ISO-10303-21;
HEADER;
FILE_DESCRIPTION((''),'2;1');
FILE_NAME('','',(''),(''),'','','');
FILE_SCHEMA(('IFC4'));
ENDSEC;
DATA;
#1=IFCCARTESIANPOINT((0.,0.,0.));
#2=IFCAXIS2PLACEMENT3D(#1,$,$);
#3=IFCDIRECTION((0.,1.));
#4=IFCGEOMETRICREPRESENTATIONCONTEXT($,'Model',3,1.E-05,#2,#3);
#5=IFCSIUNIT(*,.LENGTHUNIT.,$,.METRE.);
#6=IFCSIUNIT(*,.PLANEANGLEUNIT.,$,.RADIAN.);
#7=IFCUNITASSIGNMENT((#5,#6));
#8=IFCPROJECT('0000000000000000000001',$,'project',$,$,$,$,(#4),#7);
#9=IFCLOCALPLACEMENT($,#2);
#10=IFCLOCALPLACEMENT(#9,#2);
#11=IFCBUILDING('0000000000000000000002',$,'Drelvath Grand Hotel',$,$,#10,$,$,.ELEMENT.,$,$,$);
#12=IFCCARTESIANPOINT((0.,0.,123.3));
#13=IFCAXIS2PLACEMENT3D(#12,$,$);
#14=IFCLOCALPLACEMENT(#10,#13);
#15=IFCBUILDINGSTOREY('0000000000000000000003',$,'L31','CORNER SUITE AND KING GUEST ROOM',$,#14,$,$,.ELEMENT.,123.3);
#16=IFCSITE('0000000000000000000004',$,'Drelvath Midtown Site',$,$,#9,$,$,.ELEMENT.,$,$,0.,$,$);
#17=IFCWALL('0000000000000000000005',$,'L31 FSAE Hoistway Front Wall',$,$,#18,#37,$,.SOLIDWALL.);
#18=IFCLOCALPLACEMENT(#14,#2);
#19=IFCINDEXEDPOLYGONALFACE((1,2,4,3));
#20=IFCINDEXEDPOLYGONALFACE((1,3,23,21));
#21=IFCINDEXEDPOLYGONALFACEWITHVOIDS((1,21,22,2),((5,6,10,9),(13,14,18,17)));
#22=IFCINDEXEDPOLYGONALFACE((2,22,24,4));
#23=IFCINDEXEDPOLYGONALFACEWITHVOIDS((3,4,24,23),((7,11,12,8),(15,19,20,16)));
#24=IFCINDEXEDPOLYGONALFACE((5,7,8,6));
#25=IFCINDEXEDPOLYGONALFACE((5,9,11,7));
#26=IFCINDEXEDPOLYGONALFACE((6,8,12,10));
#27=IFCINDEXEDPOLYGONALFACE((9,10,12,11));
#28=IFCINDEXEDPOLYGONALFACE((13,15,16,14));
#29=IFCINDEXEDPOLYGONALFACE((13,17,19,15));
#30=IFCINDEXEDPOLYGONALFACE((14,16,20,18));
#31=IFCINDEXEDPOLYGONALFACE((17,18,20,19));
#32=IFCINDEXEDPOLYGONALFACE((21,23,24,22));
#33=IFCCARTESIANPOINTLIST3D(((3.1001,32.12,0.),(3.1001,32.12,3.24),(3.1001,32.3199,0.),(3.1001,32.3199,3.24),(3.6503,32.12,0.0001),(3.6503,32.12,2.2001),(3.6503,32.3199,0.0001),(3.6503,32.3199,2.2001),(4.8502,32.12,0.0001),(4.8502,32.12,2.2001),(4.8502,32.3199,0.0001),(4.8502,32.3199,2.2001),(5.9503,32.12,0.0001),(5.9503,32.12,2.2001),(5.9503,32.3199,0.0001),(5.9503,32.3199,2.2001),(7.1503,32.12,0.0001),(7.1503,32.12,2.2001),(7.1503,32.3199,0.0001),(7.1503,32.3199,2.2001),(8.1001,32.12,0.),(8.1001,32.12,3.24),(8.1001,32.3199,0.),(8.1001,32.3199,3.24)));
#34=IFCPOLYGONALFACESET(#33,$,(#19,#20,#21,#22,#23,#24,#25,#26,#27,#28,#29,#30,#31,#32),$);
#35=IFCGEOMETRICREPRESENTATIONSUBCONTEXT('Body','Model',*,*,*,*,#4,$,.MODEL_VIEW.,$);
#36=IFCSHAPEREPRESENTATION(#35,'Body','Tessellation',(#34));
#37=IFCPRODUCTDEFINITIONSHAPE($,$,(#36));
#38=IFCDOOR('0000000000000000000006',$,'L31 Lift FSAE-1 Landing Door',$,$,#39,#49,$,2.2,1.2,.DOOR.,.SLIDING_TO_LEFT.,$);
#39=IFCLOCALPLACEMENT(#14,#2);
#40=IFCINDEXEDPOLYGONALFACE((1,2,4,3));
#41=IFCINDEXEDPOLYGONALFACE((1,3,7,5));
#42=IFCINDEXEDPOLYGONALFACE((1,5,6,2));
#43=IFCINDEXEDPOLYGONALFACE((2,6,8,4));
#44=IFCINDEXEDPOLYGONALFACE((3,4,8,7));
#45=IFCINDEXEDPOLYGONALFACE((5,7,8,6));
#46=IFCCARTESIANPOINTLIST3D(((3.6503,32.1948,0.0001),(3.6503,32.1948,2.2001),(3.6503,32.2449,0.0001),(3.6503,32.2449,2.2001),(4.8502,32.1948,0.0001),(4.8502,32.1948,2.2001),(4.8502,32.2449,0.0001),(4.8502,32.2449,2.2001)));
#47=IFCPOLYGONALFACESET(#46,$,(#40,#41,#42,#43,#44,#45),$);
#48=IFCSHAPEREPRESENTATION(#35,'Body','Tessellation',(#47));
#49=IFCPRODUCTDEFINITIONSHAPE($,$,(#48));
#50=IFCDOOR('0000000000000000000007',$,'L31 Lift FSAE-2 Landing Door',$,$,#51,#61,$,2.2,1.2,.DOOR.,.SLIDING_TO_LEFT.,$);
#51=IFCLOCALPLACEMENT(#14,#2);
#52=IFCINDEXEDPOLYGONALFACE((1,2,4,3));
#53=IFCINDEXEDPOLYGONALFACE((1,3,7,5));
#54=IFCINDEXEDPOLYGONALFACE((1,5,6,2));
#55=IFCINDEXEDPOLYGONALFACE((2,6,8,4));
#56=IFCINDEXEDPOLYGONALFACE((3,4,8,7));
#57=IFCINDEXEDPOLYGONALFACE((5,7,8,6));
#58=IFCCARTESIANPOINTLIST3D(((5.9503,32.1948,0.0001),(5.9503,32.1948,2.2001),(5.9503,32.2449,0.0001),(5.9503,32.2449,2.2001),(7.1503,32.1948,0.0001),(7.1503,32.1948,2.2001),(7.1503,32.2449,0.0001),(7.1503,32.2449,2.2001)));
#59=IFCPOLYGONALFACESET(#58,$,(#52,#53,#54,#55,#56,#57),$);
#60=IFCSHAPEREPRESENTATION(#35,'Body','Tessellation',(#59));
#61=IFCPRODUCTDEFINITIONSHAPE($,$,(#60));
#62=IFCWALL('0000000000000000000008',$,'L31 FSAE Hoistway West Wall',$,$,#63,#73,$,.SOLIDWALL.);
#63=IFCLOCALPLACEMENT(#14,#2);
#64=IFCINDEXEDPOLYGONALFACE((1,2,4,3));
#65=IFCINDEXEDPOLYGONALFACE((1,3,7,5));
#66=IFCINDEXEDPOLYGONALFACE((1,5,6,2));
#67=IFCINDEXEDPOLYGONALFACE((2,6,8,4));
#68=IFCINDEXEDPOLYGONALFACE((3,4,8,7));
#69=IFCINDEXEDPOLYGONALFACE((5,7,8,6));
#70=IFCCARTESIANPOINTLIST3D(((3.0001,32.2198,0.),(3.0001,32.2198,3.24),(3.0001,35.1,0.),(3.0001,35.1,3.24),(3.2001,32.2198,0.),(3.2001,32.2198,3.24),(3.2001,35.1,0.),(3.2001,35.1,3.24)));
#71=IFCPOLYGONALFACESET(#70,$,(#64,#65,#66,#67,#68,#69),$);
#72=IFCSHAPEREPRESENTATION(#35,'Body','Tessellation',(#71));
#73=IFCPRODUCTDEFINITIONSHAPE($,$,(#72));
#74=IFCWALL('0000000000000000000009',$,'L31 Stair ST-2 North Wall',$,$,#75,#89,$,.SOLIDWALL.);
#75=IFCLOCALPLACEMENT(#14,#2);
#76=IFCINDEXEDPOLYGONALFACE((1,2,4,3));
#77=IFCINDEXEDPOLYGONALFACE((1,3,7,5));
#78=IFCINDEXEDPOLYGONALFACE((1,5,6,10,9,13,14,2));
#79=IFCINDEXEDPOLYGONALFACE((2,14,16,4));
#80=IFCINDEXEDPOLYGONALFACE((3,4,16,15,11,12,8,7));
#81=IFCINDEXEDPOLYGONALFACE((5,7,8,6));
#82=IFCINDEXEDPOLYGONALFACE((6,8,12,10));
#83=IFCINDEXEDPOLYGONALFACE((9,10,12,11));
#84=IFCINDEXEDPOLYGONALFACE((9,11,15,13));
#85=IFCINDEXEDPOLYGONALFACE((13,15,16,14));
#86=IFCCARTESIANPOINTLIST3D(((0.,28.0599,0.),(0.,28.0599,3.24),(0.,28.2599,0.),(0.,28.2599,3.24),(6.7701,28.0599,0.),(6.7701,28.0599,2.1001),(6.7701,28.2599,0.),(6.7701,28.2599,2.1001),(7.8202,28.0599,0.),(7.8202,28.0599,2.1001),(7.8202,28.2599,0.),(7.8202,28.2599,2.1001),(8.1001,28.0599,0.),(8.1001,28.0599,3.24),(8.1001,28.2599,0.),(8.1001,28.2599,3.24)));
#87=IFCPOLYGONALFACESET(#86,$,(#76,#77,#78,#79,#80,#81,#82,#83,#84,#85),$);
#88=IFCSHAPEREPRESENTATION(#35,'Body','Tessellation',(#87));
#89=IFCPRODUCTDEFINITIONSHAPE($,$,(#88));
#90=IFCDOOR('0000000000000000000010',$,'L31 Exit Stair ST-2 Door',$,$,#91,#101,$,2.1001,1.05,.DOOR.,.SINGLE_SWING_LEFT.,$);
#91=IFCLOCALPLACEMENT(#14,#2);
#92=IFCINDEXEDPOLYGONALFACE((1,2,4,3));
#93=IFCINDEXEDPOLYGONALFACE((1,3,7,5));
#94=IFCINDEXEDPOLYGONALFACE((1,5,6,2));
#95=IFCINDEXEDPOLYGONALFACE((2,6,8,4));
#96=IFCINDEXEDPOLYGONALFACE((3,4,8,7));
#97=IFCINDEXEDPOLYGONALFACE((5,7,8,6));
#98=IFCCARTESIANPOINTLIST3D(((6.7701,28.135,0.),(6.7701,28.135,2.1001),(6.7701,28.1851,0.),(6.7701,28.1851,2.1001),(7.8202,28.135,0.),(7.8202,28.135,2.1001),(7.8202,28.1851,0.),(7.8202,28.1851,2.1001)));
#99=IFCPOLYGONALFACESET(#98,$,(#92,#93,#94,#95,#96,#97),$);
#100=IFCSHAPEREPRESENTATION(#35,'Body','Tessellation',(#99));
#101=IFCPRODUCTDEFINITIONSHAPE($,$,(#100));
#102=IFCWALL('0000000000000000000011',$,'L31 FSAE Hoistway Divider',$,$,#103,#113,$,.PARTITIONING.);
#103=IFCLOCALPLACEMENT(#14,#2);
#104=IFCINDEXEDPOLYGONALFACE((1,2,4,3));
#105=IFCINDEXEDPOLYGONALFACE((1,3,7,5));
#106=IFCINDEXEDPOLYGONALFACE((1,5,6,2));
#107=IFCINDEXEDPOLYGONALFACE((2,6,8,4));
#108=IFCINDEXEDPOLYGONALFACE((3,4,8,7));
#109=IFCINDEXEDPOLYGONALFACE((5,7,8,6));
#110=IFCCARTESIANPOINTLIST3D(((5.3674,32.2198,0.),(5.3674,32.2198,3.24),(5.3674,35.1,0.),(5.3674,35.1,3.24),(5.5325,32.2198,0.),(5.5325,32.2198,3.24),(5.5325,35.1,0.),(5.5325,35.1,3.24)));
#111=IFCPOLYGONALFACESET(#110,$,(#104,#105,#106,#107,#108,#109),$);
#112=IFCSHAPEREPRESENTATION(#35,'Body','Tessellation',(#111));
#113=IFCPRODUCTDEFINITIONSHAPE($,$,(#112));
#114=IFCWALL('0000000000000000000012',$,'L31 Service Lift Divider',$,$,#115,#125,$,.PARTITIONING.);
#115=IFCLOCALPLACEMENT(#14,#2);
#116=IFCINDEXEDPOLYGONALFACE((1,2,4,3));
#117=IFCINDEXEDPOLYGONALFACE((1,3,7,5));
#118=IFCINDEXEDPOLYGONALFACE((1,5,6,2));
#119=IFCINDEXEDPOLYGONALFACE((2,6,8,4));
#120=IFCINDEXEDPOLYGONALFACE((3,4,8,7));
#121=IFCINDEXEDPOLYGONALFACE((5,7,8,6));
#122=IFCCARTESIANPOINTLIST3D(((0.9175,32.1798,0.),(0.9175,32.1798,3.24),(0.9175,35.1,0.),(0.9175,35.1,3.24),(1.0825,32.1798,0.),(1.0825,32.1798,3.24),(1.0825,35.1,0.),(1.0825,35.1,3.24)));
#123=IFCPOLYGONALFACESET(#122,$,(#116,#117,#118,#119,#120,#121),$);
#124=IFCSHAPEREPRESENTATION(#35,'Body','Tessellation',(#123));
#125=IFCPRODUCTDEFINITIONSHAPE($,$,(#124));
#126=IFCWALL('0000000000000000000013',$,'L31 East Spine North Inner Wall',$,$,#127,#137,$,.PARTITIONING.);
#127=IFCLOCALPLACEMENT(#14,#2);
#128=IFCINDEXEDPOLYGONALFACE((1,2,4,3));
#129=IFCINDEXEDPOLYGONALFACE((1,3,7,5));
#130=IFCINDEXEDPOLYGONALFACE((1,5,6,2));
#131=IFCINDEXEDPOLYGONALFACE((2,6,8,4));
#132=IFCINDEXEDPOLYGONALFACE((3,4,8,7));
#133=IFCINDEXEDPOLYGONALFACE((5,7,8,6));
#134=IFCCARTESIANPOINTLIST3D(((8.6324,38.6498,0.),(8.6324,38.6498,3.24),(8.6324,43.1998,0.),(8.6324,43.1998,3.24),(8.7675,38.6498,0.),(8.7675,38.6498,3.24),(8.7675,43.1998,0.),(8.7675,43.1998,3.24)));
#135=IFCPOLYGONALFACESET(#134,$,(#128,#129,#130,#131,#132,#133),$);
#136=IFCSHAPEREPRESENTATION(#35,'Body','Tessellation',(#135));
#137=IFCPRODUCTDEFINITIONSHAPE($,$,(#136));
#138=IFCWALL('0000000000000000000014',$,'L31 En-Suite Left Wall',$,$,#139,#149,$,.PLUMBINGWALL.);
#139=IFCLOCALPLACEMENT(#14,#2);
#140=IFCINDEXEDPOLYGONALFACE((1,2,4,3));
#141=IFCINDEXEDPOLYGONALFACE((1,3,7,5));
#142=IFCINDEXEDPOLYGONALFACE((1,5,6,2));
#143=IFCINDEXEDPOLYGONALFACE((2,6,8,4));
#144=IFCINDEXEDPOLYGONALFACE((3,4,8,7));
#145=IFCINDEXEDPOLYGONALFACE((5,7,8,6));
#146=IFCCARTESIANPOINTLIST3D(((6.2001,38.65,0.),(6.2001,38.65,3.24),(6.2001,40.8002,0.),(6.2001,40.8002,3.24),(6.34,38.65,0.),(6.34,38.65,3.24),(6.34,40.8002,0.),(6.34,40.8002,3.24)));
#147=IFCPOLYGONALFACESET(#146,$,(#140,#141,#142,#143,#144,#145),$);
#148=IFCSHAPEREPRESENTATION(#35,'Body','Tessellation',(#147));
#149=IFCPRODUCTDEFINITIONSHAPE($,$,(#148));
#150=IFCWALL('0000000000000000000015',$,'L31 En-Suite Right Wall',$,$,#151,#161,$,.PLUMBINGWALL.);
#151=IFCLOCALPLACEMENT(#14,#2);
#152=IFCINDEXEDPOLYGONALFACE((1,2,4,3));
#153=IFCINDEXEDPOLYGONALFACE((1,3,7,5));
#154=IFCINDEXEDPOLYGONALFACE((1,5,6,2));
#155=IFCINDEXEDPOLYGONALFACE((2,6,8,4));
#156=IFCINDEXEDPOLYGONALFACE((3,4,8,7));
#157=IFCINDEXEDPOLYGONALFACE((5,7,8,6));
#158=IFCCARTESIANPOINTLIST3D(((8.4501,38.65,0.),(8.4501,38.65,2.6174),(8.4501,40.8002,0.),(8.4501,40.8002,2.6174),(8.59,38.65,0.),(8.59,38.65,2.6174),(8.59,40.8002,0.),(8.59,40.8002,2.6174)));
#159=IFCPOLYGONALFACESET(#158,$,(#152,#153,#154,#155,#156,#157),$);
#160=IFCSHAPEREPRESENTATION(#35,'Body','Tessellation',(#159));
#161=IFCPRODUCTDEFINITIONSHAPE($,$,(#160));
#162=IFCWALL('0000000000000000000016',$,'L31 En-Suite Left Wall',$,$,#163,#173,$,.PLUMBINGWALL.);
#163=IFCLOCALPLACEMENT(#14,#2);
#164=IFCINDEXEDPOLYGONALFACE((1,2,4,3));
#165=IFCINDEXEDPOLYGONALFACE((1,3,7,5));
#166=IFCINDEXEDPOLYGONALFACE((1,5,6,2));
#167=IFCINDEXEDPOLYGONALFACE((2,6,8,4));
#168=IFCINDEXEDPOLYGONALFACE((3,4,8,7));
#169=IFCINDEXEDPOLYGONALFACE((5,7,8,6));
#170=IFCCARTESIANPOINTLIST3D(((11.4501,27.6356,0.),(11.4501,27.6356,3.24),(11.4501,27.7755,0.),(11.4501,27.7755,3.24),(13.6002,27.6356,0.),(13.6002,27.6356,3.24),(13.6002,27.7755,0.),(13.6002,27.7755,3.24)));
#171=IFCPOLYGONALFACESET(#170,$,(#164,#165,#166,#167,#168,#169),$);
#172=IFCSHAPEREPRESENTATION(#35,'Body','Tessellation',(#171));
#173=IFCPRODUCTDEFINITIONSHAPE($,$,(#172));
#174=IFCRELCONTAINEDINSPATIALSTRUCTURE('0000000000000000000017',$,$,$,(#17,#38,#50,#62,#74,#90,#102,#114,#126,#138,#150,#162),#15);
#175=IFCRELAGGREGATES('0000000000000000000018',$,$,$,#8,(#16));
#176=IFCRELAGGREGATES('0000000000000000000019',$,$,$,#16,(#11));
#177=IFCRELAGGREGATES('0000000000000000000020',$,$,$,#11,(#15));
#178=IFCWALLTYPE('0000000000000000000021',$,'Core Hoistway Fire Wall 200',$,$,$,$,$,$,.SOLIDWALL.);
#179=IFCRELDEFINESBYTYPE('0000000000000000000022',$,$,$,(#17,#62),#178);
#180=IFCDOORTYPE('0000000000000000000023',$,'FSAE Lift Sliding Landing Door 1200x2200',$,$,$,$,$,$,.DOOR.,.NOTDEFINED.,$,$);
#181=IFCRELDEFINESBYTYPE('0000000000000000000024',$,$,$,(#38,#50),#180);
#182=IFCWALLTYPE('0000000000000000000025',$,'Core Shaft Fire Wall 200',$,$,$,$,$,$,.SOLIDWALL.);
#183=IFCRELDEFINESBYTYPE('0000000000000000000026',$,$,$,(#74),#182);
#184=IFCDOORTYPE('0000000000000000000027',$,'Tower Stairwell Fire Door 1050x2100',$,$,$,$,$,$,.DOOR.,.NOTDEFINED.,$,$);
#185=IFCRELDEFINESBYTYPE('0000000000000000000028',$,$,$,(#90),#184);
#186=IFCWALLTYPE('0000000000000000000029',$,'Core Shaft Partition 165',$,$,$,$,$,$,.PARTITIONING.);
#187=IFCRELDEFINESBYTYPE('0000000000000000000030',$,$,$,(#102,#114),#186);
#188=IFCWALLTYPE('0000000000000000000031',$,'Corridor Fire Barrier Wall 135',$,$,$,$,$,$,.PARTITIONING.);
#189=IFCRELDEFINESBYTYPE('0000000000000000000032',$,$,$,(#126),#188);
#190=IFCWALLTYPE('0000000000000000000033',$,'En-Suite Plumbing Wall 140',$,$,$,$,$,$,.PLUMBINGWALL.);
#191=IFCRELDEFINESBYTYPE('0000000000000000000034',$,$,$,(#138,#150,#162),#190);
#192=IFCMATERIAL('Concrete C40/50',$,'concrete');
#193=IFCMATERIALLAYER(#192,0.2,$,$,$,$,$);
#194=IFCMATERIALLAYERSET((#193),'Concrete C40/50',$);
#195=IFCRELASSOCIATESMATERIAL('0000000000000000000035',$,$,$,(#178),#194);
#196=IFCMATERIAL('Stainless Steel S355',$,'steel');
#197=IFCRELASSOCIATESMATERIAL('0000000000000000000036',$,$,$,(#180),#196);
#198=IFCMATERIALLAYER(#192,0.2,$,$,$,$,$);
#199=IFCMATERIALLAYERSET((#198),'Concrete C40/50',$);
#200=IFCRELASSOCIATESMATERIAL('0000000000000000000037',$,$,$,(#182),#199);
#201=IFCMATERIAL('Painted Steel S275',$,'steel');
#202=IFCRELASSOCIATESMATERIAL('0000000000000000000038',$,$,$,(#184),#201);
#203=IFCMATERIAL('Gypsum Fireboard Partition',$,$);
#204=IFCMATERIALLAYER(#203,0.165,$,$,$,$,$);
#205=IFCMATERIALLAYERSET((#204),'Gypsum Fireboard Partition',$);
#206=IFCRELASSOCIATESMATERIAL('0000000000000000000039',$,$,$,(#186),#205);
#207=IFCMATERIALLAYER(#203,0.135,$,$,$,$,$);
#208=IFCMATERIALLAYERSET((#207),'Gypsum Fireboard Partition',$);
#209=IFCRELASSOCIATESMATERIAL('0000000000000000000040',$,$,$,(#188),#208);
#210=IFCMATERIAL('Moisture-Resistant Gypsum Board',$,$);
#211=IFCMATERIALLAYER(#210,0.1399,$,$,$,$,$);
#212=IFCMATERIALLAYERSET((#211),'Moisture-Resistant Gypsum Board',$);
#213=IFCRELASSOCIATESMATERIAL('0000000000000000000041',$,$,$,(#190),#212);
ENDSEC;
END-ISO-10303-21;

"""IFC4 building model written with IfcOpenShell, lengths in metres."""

from ifc_helpers import new_model, si_unit, direction, frame, frame_2d, origin, place, context, subcontext, project, spatial, rectangle, extrude, material, layer, layer_set, type_object, element, fill, save


model = new_model("IFC4")

# Units and contexts
model_context = context("Model", 3, precision=1e-05, world=origin(), true_north=direction((0.0, 1.0)))
body_context = subcontext(model_context, "Body", "Model", "MODEL_VIEW")
ifc_project = project(units=[si_unit("LENGTHUNIT", "METRE"), si_unit("PLANEANGLEUNIT", "RADIAN")], contexts=[model_context])

# Site, building, storey
site_placement = place(None, origin())
site = spatial("IfcSite", under=ifc_project, at=site_placement, Name="Drelvath Midtown Site", CompositionType="ELEMENT", RefElevation=0.0)
building_placement = place(site_placement, origin())
building = spatial("IfcBuilding", under=site, at=building_placement, Name="Drelvath Grand Hotel", CompositionType="ELEMENT")
storey_placement = place(building_placement, frame((0.0, 0.0, 123.3)))
storey = spatial("IfcBuildingStorey", under=building, at=storey_placement, Name="L31", Description="CORNER SUITE AND KING GUEST ROOM", CompositionType="ELEMENT", Elevation=123.3)

# Wall, openings, doors
ifc_material_1 = material(Name="Concrete C40/50", Category="concrete")
ifc_layer_1 = layer(ifc_material_1, 0.2)
ifc_layer_set_1 = layer_set([ifc_layer_1], Name="Concrete C40/50")
wall_type_1 = type_object("IfcWallType", Name="Core Hoistway Fire Wall 200", PredefinedType="SOLIDWALL", material=ifc_layer_set_1)
wall_1_placement = place(storey_placement, frame((3.1001, 32.22, 0.0), z_axis=(0.0, 0.0, 1.0), x_axis=(1.0, 0.0, 0.0)))
wall_1 = element("IfcWall", 1, at=wall_1_placement, inside=storey, type_object=wall_type_1, Name="L31 FSAE Hoistway Front Wall", PredefinedType="SOLIDWALL", context=body_context, shape_type="SweptSolid", body=[
    extrude(rectangle(XDim=5.0, YDim=0.2, at=frame_2d((2.5, 0.0))), origin(), (0.0, 0.0, 1.0), 3.24),
])
opening_1_placement = place(wall_1_placement, frame((0.55, 0.0, 0.0)))
opening_1 = element("IfcOpeningElement", 2, at=opening_1_placement, cuts=wall_1, PredefinedType="OPENING", context=body_context, shape_type="SweptSolid", body=[
    extrude(rectangle(XDim=1.2, YDim=2.2, at=frame_2d((0.6001, 1.1001))), frame((0.0, 0.1099, 0.0), z_axis=(0.0, -1.0, 0.0), x_axis=(1.0, 0.0, 0.0)), (0.0, 0.0, 1.0), 0.22),
])
opening_2_placement = place(wall_1_placement, frame((2.8501, 0.0, 0.0)))
opening_2 = element("IfcOpeningElement", 3, at=opening_2_placement, cuts=wall_1, PredefinedType="OPENING", context=body_context, shape_type="SweptSolid", body=[
    extrude(rectangle(XDim=1.2, YDim=2.2, at=frame_2d((0.6001, 1.1001))), frame((0.0, 0.1099, 0.0), z_axis=(0.0, -1.0, 0.0), x_axis=(1.0, 0.0, 0.0)), (0.0, 0.0, 1.0), 0.22),
])
ifc_material_2 = material(Name="Stainless Steel S355", Category="steel")
door_type_1 = type_object("IfcDoorType", Name="FSAE Lift Sliding Landing Door 1200x2200", OperationType="NOTDEFINED", PredefinedType="DOOR", material=ifc_material_2)
door_1_placement = place(opening_1_placement, origin())
door_1 = element("IfcDoor", 4, at=door_1_placement, inside=storey, type_object=door_type_1, Name="L31 Lift FSAE-1 Landing Door", OperationType="SLIDING_TO_LEFT", OverallHeight=2.2, OverallWidth=1.2, PredefinedType="DOOR", context=body_context, shape_type="SweptSolid", body=[
    extrude(rectangle(XDim=1.2, YDim=2.2, at=frame_2d((0.6001, 1.1001))), frame((0.0, 0.0249, 0.0), z_axis=(0.0, -1.0, 0.0), x_axis=(1.0, 0.0, 0.0)), (0.0, 0.0, 1.0), 0.05),
])
fill(opening_1, door_1)
door_2_placement = place(opening_2_placement, origin())
door_2 = element("IfcDoor", 5, at=door_2_placement, inside=storey, type_object=door_type_1, Name="L31 Lift FSAE-2 Landing Door", OperationType="SLIDING_TO_LEFT", OverallHeight=2.2, OverallWidth=1.2, PredefinedType="DOOR", context=body_context, shape_type="SweptSolid", body=[
    extrude(rectangle(XDim=1.2, YDim=2.2, at=frame_2d((0.6001, 1.1001))), frame((0.0, 0.0249, 0.0), z_axis=(0.0, -1.0, 0.0), x_axis=(1.0, 0.0, 0.0)), (0.0, 0.0, 1.0), 0.05),
])
fill(opening_2, door_2)

# Wall
wall_2_placement = place(storey_placement, frame((3.1001, 32.22, 0.0), z_axis=(0.0, 0.0, 1.0), x_axis=(0.0, 1.0, 0.0)))
element("IfcWall", 6, at=wall_2_placement, inside=storey, type_object=wall_type_1, Name="L31 FSAE Hoistway West Wall", PredefinedType="SOLIDWALL", context=body_context, shape_type="SweptSolid", body=[
    extrude(rectangle(XDim=2.8801, YDim=0.2, at=frame_2d((1.4399, 0.0))), origin(), (0.0, 0.0, 1.0), 3.24),
])

# Wall, opening, door
ifc_layer_2 = layer(ifc_material_1, 0.2)
ifc_layer_set_2 = layer_set([ifc_layer_2], Name="Concrete C40/50")
wall_type_2 = type_object("IfcWallType", Name="Core Shaft Fire Wall 200", PredefinedType="SOLIDWALL", material=ifc_layer_set_2)
wall_3_placement = place(storey_placement, frame((8.1001, 28.1599, 0.0), z_axis=(0.0, 0.0, 1.0), x_axis=(-1.0, 0.0, 0.0)))
wall_3 = element("IfcWall", 7, at=wall_3_placement, inside=storey, type_object=wall_type_2, Name="L31 Stair ST-2 North Wall", PredefinedType="SOLIDWALL", context=body_context, shape_type="SweptSolid", body=[
    extrude(rectangle(XDim=8.1001, YDim=0.2, at=frame_2d((4.05, 0.0))), origin(), (0.0, 0.0, 1.0), 3.24),
])
opening_3_placement = place(wall_3_placement, frame((0.28, 0.0, 0.0)))
opening_3 = element("IfcOpeningElement", 8, at=opening_3_placement, cuts=wall_3, PredefinedType="OPENING", context=body_context, shape_type="SweptSolid", body=[
    extrude(rectangle(XDim=1.05, YDim=2.1001, at=frame_2d((0.5249, 1.05))), frame((0.0, 0.1099, 0.0), z_axis=(0.0, -1.0, 0.0), x_axis=(1.0, 0.0, 0.0)), (0.0, 0.0, 1.0), 0.22),
])
ifc_material_3 = material(Name="Painted Steel S275", Category="steel")
door_type_2 = type_object("IfcDoorType", Name="Tower Stairwell Fire Door 1050x2100", OperationType="NOTDEFINED", PredefinedType="DOOR", material=ifc_material_3)
door_3_placement = place(opening_3_placement, origin())
door_3 = element("IfcDoor", 9, at=door_3_placement, inside=storey, type_object=door_type_2, Name="L31 Exit Stair ST-2 Door", OperationType="SINGLE_SWING_LEFT", OverallHeight=2.1001, OverallWidth=1.05, PredefinedType="DOOR", context=body_context, shape_type="SweptSolid", body=[
    extrude(rectangle(XDim=1.05, YDim=2.1001, at=frame_2d((0.5249, 1.05))), frame((0.0, 0.0249, 0.0), z_axis=(0.0, -1.0, 0.0), x_axis=(1.0, 0.0, 0.0)), (0.0, 0.0, 1.0), 0.05),
])
fill(opening_3, door_3)

# Walls
ifc_material_4 = material(Name="Gypsum Fireboard Partition")
ifc_layer_3 = layer(ifc_material_4, 0.165)
ifc_layer_set_3 = layer_set([ifc_layer_3], Name="Gypsum Fireboard Partition")
wall_type_3 = type_object("IfcWallType", Name="Core Shaft Partition 165", PredefinedType="PARTITIONING", material=ifc_layer_set_3)
wall_4_placement = place(storey_placement, frame((5.45, 32.22, 0.0), z_axis=(0.0, 0.0, 1.0), x_axis=(0.0, 1.0, 0.0)))
element("IfcWall", 10, at=wall_4_placement, inside=storey, type_object=wall_type_3, Name="L31 FSAE Hoistway Divider", PredefinedType="PARTITIONING", context=body_context, shape_type="SweptSolid", body=[
    extrude(rectangle(XDim=2.8801, YDim=0.165, at=frame_2d((1.4399, 0.0))), origin(), (0.0, 0.0, 1.0), 3.24),
])
wall_5_placement = place(storey_placement, frame((1.0, 32.1799, 0.0), z_axis=(0.0, 0.0, 1.0), x_axis=(0.0, 1.0, 0.0)))
element("IfcWall", 11, at=wall_5_placement, inside=storey, type_object=wall_type_3, Name="L31 Service Lift Divider", PredefinedType="PARTITIONING", context=body_context, shape_type="SweptSolid", body=[
    extrude(rectangle(XDim=2.9202, YDim=0.165, at=frame_2d((1.46, 0.0))), origin(), (0.0, 0.0, 1.0), 3.24),
])
ifc_layer_4 = layer(ifc_material_4, 0.135)
ifc_layer_set_4 = layer_set([ifc_layer_4], Name="Gypsum Fireboard Partition")
wall_type_4 = type_object("IfcWallType", Name="Corridor Fire Barrier Wall 135", PredefinedType="PARTITIONING", material=ifc_layer_set_4)
wall_6_placement = place(storey_placement, frame((8.7, 38.6499, 0.0), z_axis=(0.0, 0.0, 1.0), x_axis=(0.0, 1.0, 0.0)))
element("IfcWall", 12, at=wall_6_placement, inside=storey, type_object=wall_type_4, Name="L31 East Spine North Inner Wall", PredefinedType="PARTITIONING", context=body_context, shape_type="SweptSolid", body=[
    extrude(rectangle(XDim=4.55, YDim=0.135, at=frame_2d((2.2749, 0.0))), origin(), (0.0, 0.0, 1.0), 3.24),
])
ifc_material_5 = material(Name="Moisture-Resistant Gypsum Board")
ifc_layer_5 = layer(ifc_material_5, 0.1399)
ifc_layer_set_5 = layer_set([ifc_layer_5], Name="Moisture-Resistant Gypsum Board")
wall_type_5 = type_object("IfcWallType", Name="En-Suite Plumbing Wall 140", PredefinedType="PLUMBINGWALL", material=ifc_layer_set_5)
wall_7_placement = place(storey_placement, frame((6.27, 38.6499, 0.0), z_axis=(0.0, 0.0, 1.0), x_axis=(0.0, 1.0, 0.0)))
element("IfcWall", 13, at=wall_7_placement, inside=storey, type_object=wall_type_5, Name="L31 En-Suite Left Wall", PredefinedType="PLUMBINGWALL", context=body_context, shape_type="SweptSolid", body=[
    extrude(rectangle(XDim=2.1501, YDim=0.1399, at=frame_2d((1.0752, 0.0))), origin(), (0.0, 0.0, 1.0), 3.24),
])
wall_8_placement = place(storey_placement, frame((8.52, 38.6499, 0.0), z_axis=(0.0, 0.0, 1.0), x_axis=(0.0, 1.0, 0.0)))
element("IfcWall", 14, at=wall_8_placement, inside=storey, type_object=wall_type_5, Name="L31 En-Suite Right Wall", PredefinedType="PLUMBINGWALL", context=body_context, shape_type="SweptSolid", body=[
    extrude(rectangle(XDim=2.1501, YDim=0.1399, at=frame_2d((1.0752, 0.0))), origin(), (0.0, 0.0, 1.0), 2.6174),
])
for number, where, z_axis, x_axis, name in (
    (15, (11.45, 27.7056, 0.0), (0.0, 0.0, 1.0), (1.0, 0.0, 0.0), "L31 En-Suite Left Wall"),
):
    element("IfcWall", number, at=place(storey_placement, frame(where, z_axis=z_axis, x_axis=x_axis)), inside=storey, type_object=wall_type_5, Name=name, PredefinedType="PLUMBINGWALL", context=body_context, shape_type="SweptSolid", body=[
        extrude(rectangle(XDim=2.1501, YDim=0.1399, at=frame_2d((1.0752, 0.0))), origin(), (0.0, 0.0, 1.0), 3.24),
    ])

save(model, "model.ifc")
